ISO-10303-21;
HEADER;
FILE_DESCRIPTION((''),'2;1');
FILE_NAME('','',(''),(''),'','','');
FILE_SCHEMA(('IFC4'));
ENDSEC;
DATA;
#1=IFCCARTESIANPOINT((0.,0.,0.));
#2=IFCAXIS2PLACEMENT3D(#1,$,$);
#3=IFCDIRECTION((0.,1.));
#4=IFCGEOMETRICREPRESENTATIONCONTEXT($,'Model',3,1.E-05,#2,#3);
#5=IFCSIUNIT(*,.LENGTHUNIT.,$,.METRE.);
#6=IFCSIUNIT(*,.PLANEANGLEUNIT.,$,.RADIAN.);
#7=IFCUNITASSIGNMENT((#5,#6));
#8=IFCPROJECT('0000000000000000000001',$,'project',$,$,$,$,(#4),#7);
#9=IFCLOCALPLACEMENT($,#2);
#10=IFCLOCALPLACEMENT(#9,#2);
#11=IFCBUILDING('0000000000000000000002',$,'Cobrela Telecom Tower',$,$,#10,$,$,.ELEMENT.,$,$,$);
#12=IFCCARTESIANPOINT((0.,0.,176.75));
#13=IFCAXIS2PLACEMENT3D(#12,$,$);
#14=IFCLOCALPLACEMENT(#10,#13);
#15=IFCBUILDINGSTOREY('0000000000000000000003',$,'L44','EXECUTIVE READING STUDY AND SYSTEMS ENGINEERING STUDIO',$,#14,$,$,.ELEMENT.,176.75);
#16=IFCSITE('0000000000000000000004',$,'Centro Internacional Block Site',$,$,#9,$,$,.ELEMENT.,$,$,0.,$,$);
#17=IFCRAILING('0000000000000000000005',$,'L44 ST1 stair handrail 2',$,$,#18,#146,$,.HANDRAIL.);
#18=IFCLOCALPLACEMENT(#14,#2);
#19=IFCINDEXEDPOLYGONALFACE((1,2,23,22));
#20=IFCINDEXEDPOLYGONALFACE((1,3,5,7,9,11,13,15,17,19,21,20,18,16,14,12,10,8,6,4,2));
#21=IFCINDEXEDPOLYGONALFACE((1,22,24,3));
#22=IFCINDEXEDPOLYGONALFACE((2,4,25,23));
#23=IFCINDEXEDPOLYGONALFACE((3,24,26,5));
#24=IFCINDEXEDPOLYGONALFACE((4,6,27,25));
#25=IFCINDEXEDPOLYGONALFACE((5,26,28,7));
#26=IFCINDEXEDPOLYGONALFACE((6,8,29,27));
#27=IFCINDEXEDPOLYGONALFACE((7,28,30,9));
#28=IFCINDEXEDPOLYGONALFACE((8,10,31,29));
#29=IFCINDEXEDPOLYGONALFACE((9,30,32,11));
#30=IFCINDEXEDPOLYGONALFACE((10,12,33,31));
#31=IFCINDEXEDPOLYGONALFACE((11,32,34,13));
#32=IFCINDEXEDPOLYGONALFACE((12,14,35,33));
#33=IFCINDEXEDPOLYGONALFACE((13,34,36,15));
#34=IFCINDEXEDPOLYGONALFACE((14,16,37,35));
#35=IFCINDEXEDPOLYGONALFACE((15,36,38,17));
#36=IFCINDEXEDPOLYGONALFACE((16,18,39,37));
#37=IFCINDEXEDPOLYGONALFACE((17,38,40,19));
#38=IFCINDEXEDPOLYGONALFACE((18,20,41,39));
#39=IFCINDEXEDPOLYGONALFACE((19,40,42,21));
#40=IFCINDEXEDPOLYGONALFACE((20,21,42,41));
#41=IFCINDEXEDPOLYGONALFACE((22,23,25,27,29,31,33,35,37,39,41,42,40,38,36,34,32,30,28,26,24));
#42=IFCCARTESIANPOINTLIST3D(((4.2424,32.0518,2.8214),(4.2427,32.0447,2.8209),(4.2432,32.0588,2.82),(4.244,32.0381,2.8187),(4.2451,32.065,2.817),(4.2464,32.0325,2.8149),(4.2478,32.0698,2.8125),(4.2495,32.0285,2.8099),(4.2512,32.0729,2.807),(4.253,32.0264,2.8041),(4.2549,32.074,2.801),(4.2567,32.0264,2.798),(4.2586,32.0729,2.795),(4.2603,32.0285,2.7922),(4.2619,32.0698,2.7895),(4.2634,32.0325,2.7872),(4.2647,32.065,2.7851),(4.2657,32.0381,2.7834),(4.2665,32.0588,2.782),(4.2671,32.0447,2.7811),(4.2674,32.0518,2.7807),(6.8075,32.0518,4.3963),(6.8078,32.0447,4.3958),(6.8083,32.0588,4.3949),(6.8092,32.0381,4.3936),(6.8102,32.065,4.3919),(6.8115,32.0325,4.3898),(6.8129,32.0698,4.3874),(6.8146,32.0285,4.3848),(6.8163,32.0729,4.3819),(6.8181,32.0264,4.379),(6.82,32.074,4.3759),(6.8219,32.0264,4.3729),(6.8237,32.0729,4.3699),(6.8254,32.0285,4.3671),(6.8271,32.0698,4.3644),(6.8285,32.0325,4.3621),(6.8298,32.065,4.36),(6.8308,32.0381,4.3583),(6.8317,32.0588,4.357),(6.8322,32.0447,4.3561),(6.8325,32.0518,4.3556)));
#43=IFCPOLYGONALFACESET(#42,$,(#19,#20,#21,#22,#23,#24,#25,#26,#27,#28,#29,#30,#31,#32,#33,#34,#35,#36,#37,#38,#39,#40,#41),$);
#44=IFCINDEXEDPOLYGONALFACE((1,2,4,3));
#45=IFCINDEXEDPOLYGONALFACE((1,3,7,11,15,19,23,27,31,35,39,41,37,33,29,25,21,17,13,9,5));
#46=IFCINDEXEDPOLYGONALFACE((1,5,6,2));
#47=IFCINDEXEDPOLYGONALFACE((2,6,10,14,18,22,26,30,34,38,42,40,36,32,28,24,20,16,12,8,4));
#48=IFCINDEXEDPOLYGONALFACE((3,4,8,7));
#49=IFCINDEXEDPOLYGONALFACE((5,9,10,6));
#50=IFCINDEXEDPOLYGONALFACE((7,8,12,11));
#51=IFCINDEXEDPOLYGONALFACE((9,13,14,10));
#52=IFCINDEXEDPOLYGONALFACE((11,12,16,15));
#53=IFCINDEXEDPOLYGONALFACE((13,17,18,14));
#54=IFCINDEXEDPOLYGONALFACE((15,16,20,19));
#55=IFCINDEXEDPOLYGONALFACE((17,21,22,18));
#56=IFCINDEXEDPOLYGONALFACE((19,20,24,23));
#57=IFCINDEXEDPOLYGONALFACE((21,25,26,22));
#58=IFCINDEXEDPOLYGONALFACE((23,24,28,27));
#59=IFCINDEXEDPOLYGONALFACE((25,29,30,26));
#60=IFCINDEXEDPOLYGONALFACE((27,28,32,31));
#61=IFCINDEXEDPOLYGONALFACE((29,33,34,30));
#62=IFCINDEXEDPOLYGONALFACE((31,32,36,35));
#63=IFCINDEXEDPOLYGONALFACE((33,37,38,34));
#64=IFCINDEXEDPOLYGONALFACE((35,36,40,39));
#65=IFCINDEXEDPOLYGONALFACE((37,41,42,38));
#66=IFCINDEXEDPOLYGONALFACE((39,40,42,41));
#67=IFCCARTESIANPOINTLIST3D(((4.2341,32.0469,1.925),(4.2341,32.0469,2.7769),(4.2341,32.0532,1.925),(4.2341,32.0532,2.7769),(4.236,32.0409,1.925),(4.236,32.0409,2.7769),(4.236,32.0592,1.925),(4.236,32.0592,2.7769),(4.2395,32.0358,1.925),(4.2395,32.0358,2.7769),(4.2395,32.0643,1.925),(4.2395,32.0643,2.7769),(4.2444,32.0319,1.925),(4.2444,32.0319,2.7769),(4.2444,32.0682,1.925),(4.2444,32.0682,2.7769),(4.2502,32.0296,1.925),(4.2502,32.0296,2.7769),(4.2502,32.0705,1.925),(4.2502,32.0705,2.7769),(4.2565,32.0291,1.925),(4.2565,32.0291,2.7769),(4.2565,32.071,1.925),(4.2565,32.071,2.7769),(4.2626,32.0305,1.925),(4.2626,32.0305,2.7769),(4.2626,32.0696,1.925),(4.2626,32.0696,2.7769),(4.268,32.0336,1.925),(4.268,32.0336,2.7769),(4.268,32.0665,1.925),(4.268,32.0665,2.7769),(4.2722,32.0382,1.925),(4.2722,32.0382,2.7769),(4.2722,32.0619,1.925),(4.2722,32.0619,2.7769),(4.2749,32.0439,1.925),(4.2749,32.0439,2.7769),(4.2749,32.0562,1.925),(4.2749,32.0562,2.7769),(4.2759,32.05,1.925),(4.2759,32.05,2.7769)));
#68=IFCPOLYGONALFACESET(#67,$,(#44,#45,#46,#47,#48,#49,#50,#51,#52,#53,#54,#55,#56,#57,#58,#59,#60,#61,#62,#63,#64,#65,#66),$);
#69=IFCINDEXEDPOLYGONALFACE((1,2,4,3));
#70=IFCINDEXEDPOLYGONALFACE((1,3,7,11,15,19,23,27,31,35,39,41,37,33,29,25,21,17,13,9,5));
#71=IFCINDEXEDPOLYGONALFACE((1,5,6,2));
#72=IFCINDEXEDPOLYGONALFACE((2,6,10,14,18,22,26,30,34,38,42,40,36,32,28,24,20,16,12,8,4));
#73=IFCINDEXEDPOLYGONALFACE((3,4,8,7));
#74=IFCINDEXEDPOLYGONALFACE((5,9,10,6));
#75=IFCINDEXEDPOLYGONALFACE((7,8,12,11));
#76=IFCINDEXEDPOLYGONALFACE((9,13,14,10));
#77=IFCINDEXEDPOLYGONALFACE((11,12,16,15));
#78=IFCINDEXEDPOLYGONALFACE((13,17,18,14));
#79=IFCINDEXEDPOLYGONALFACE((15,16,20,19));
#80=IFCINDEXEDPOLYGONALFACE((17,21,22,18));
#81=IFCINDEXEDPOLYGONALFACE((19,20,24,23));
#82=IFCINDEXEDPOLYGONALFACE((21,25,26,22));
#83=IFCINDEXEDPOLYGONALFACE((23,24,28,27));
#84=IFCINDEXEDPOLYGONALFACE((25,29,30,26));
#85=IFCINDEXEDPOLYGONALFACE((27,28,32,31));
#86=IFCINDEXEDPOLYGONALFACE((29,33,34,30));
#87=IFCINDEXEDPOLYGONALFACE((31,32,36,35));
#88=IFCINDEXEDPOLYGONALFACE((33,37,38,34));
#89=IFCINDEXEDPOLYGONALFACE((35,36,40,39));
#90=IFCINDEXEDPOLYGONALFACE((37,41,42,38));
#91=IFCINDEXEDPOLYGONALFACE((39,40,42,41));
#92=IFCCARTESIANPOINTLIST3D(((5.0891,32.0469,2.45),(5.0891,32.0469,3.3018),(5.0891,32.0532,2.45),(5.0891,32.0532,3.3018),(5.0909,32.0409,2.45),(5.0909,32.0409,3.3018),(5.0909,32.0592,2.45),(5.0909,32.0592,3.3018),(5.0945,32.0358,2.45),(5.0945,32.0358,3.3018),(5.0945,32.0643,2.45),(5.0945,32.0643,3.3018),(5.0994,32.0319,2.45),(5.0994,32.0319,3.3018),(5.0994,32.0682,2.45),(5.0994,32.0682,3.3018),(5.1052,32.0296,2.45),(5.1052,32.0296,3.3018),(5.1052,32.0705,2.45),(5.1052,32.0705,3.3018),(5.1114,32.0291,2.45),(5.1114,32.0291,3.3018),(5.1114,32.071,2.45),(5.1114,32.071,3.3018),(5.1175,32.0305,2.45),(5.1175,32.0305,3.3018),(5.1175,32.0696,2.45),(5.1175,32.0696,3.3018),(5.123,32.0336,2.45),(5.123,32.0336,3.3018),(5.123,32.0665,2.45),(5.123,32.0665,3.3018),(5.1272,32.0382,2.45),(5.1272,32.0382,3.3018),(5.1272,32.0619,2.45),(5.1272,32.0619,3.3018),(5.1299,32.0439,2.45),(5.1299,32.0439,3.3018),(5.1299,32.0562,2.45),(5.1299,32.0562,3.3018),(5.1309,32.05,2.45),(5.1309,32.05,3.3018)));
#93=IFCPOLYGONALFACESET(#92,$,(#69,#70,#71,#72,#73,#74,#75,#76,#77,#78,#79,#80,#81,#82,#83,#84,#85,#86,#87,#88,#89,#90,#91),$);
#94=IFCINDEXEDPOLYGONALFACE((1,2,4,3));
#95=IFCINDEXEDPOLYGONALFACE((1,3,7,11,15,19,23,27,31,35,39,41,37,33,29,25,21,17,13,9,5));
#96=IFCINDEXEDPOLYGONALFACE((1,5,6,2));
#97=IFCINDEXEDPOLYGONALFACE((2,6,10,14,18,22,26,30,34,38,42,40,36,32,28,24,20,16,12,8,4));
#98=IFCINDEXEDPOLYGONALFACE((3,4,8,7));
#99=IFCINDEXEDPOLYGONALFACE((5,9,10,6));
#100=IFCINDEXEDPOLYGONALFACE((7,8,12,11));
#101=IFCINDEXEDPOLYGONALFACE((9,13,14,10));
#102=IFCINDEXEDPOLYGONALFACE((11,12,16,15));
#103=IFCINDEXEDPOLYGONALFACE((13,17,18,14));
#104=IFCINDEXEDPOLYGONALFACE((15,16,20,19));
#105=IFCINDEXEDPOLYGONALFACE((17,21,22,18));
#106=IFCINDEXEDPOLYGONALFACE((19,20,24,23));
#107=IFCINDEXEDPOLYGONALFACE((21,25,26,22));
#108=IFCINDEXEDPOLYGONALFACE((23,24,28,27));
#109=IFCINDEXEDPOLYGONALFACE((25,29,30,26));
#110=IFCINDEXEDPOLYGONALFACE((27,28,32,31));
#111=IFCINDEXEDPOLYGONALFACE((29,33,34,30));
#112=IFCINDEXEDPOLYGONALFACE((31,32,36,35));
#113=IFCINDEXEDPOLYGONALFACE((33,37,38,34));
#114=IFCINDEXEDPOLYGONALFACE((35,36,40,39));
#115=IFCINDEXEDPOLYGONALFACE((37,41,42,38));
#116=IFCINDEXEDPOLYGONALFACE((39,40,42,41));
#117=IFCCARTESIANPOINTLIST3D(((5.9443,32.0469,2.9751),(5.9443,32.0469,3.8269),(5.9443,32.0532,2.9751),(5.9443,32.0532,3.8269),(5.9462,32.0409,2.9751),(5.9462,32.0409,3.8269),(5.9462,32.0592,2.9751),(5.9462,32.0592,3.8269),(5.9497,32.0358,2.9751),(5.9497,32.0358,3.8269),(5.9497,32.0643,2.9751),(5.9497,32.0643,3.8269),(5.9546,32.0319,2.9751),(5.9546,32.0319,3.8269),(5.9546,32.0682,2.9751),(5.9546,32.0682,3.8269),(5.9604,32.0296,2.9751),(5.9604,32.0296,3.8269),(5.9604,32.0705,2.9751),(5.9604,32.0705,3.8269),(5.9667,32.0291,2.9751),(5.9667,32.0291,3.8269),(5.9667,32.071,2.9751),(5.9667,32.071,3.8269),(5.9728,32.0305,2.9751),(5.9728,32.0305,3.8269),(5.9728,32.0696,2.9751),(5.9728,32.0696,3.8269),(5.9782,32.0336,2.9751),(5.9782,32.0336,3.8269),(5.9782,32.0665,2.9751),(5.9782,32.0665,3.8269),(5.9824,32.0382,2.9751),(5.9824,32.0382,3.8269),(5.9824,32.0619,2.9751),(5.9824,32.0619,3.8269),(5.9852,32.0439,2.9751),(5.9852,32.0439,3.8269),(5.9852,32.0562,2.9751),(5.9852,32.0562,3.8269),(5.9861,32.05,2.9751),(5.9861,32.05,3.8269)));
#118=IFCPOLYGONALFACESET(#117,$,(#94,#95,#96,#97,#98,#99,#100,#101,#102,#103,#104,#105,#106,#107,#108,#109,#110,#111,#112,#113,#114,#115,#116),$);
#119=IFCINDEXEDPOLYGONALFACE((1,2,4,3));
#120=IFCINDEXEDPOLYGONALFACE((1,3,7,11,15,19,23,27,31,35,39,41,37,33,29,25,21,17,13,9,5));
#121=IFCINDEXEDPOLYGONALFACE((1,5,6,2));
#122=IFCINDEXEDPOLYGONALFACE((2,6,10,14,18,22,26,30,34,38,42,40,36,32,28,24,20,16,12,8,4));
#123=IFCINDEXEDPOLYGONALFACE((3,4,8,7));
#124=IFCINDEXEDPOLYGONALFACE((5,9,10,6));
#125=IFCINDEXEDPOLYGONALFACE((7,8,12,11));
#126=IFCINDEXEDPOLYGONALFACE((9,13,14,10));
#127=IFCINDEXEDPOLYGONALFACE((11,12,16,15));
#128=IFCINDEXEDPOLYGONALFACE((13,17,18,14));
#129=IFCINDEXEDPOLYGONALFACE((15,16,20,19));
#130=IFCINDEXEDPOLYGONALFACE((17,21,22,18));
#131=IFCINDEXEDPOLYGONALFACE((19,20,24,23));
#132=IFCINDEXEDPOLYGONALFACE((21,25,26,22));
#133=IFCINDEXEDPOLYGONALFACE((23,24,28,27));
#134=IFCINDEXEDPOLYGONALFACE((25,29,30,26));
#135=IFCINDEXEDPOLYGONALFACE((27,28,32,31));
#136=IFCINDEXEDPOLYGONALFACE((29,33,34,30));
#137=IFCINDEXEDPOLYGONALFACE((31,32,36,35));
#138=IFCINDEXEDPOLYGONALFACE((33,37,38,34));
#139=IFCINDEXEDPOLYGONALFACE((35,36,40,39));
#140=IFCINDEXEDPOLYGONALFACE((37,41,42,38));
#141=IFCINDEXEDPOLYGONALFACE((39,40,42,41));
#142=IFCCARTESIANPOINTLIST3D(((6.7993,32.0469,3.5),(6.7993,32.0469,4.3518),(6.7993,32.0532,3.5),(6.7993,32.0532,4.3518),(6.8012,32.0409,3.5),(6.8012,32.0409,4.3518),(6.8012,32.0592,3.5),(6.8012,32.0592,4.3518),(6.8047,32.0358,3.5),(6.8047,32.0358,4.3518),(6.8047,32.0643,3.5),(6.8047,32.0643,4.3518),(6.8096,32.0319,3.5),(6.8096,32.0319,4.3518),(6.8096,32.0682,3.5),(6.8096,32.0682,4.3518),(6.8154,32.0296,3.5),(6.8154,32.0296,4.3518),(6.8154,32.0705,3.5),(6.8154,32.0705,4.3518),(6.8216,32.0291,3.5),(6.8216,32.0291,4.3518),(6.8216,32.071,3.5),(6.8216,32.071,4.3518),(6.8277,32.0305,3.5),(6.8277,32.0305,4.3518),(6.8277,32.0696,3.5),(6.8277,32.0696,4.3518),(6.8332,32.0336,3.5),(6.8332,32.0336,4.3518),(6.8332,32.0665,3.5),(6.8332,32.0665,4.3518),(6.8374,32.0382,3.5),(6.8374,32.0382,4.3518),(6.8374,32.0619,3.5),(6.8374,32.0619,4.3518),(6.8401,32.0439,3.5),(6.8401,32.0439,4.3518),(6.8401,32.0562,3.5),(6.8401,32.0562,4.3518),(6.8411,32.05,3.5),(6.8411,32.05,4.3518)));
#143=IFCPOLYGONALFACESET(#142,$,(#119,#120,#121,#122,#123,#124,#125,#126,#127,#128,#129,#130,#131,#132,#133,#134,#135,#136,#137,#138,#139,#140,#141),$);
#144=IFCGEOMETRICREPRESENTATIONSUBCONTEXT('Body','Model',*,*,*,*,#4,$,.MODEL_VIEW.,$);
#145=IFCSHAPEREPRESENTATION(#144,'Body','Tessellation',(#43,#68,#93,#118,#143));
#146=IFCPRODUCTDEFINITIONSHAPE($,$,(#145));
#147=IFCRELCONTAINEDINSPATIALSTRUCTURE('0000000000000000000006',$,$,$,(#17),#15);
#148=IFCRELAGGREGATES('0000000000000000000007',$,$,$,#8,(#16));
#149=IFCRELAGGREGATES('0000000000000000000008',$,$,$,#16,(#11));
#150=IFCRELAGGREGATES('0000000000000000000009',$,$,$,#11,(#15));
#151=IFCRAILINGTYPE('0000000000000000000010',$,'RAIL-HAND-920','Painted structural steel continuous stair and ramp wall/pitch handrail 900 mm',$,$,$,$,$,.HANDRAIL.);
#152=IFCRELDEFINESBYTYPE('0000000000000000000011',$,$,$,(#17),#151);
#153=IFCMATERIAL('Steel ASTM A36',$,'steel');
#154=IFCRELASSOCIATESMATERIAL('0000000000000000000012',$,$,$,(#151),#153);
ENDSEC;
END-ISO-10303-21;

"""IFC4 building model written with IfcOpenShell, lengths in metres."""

from ifc_helpers import new_model, si_unit, direction, frame, origin, origin_2d, place, context, subcontext, project, spatial, circle, extrude, material, type_object, element, save


model = new_model("IFC4")

# Units and contexts
model_context = context("Model", 3, precision=1e-05, world=origin(), true_north=direction((0.0, 1.0)))
body_context = subcontext(model_context, "Body", "Model", "MODEL_VIEW")
ifc_project = project(units=[si_unit("LENGTHUNIT", "METRE"), si_unit("PLANEANGLEUNIT", "RADIAN")], contexts=[model_context])

# Site, building, storey
site_placement = place(None, origin())
site = spatial("IfcSite", under=ifc_project, at=site_placement, Name="Centro Internacional Block Site", CompositionType="ELEMENT", RefElevation=0.0)
building_placement = place(site_placement, origin())
building = spatial("IfcBuilding", under=site, at=building_placement, Name="Cobrela Telecom Tower", CompositionType="ELEMENT")
storey_placement = place(building_placement, frame((0.0, 0.0, 176.75)))
storey = spatial("IfcBuildingStorey", under=building, at=storey_placement, Name="L44", Description="EXECUTIVE READING STUDY AND SYSTEMS ENGINEERING STUDIO", CompositionType="ELEMENT", Elevation=176.75)

# Shared definitions
ifc_material_1 = material(Name="Steel ASTM A36", Category="steel")

# Railing
railing_type_1 = type_object("IfcRailingType", Name="RAIL-HAND-920", Description="Painted structural steel continuous stair and ramp wall/pitch handrail 900 mm", PredefinedType="HANDRAIL", material=ifc_material_1)
railing_1_placement = place(storey_placement, frame((4.2549, 32.05, 1.925)))
element("IfcRailing", 1, at=railing_1_placement, inside=storey, type_object=railing_type_1, Name="L44 ST1 stair handrail 2", PredefinedType="HANDRAIL", context=body_context, shape_type="SweptSolid", body=[
    extrude(circle(Radius=0.0239, at=origin_2d()), frame((0.0, 0.0, 0.876), z_axis=(0.852195, 0.0, 0.523224), x_axis=(0.0, 1.0, 0.0)), (0.0, 0.0, 1.0), 3.01),
    extrude(circle(Radius=0.021, at=origin_2d()), origin(), (0.0, 0.0, 1.0), 0.8518),
    extrude(circle(Radius=0.021, at=origin_2d()), frame((0.855, 0.0, 0.5249)), (0.0, 0.0, 1.0), 0.8518),
    extrude(circle(Radius=0.021, at=origin_2d()), frame((1.7102, 0.0, 1.05)), (0.0, 0.0, 1.0), 0.8518),
    extrude(circle(Radius=0.021, at=origin_2d()), frame((2.5652, 0.0, 1.575)), (0.0, 0.0, 1.0), 0.8518),
])

save(model, "model.ifc")
